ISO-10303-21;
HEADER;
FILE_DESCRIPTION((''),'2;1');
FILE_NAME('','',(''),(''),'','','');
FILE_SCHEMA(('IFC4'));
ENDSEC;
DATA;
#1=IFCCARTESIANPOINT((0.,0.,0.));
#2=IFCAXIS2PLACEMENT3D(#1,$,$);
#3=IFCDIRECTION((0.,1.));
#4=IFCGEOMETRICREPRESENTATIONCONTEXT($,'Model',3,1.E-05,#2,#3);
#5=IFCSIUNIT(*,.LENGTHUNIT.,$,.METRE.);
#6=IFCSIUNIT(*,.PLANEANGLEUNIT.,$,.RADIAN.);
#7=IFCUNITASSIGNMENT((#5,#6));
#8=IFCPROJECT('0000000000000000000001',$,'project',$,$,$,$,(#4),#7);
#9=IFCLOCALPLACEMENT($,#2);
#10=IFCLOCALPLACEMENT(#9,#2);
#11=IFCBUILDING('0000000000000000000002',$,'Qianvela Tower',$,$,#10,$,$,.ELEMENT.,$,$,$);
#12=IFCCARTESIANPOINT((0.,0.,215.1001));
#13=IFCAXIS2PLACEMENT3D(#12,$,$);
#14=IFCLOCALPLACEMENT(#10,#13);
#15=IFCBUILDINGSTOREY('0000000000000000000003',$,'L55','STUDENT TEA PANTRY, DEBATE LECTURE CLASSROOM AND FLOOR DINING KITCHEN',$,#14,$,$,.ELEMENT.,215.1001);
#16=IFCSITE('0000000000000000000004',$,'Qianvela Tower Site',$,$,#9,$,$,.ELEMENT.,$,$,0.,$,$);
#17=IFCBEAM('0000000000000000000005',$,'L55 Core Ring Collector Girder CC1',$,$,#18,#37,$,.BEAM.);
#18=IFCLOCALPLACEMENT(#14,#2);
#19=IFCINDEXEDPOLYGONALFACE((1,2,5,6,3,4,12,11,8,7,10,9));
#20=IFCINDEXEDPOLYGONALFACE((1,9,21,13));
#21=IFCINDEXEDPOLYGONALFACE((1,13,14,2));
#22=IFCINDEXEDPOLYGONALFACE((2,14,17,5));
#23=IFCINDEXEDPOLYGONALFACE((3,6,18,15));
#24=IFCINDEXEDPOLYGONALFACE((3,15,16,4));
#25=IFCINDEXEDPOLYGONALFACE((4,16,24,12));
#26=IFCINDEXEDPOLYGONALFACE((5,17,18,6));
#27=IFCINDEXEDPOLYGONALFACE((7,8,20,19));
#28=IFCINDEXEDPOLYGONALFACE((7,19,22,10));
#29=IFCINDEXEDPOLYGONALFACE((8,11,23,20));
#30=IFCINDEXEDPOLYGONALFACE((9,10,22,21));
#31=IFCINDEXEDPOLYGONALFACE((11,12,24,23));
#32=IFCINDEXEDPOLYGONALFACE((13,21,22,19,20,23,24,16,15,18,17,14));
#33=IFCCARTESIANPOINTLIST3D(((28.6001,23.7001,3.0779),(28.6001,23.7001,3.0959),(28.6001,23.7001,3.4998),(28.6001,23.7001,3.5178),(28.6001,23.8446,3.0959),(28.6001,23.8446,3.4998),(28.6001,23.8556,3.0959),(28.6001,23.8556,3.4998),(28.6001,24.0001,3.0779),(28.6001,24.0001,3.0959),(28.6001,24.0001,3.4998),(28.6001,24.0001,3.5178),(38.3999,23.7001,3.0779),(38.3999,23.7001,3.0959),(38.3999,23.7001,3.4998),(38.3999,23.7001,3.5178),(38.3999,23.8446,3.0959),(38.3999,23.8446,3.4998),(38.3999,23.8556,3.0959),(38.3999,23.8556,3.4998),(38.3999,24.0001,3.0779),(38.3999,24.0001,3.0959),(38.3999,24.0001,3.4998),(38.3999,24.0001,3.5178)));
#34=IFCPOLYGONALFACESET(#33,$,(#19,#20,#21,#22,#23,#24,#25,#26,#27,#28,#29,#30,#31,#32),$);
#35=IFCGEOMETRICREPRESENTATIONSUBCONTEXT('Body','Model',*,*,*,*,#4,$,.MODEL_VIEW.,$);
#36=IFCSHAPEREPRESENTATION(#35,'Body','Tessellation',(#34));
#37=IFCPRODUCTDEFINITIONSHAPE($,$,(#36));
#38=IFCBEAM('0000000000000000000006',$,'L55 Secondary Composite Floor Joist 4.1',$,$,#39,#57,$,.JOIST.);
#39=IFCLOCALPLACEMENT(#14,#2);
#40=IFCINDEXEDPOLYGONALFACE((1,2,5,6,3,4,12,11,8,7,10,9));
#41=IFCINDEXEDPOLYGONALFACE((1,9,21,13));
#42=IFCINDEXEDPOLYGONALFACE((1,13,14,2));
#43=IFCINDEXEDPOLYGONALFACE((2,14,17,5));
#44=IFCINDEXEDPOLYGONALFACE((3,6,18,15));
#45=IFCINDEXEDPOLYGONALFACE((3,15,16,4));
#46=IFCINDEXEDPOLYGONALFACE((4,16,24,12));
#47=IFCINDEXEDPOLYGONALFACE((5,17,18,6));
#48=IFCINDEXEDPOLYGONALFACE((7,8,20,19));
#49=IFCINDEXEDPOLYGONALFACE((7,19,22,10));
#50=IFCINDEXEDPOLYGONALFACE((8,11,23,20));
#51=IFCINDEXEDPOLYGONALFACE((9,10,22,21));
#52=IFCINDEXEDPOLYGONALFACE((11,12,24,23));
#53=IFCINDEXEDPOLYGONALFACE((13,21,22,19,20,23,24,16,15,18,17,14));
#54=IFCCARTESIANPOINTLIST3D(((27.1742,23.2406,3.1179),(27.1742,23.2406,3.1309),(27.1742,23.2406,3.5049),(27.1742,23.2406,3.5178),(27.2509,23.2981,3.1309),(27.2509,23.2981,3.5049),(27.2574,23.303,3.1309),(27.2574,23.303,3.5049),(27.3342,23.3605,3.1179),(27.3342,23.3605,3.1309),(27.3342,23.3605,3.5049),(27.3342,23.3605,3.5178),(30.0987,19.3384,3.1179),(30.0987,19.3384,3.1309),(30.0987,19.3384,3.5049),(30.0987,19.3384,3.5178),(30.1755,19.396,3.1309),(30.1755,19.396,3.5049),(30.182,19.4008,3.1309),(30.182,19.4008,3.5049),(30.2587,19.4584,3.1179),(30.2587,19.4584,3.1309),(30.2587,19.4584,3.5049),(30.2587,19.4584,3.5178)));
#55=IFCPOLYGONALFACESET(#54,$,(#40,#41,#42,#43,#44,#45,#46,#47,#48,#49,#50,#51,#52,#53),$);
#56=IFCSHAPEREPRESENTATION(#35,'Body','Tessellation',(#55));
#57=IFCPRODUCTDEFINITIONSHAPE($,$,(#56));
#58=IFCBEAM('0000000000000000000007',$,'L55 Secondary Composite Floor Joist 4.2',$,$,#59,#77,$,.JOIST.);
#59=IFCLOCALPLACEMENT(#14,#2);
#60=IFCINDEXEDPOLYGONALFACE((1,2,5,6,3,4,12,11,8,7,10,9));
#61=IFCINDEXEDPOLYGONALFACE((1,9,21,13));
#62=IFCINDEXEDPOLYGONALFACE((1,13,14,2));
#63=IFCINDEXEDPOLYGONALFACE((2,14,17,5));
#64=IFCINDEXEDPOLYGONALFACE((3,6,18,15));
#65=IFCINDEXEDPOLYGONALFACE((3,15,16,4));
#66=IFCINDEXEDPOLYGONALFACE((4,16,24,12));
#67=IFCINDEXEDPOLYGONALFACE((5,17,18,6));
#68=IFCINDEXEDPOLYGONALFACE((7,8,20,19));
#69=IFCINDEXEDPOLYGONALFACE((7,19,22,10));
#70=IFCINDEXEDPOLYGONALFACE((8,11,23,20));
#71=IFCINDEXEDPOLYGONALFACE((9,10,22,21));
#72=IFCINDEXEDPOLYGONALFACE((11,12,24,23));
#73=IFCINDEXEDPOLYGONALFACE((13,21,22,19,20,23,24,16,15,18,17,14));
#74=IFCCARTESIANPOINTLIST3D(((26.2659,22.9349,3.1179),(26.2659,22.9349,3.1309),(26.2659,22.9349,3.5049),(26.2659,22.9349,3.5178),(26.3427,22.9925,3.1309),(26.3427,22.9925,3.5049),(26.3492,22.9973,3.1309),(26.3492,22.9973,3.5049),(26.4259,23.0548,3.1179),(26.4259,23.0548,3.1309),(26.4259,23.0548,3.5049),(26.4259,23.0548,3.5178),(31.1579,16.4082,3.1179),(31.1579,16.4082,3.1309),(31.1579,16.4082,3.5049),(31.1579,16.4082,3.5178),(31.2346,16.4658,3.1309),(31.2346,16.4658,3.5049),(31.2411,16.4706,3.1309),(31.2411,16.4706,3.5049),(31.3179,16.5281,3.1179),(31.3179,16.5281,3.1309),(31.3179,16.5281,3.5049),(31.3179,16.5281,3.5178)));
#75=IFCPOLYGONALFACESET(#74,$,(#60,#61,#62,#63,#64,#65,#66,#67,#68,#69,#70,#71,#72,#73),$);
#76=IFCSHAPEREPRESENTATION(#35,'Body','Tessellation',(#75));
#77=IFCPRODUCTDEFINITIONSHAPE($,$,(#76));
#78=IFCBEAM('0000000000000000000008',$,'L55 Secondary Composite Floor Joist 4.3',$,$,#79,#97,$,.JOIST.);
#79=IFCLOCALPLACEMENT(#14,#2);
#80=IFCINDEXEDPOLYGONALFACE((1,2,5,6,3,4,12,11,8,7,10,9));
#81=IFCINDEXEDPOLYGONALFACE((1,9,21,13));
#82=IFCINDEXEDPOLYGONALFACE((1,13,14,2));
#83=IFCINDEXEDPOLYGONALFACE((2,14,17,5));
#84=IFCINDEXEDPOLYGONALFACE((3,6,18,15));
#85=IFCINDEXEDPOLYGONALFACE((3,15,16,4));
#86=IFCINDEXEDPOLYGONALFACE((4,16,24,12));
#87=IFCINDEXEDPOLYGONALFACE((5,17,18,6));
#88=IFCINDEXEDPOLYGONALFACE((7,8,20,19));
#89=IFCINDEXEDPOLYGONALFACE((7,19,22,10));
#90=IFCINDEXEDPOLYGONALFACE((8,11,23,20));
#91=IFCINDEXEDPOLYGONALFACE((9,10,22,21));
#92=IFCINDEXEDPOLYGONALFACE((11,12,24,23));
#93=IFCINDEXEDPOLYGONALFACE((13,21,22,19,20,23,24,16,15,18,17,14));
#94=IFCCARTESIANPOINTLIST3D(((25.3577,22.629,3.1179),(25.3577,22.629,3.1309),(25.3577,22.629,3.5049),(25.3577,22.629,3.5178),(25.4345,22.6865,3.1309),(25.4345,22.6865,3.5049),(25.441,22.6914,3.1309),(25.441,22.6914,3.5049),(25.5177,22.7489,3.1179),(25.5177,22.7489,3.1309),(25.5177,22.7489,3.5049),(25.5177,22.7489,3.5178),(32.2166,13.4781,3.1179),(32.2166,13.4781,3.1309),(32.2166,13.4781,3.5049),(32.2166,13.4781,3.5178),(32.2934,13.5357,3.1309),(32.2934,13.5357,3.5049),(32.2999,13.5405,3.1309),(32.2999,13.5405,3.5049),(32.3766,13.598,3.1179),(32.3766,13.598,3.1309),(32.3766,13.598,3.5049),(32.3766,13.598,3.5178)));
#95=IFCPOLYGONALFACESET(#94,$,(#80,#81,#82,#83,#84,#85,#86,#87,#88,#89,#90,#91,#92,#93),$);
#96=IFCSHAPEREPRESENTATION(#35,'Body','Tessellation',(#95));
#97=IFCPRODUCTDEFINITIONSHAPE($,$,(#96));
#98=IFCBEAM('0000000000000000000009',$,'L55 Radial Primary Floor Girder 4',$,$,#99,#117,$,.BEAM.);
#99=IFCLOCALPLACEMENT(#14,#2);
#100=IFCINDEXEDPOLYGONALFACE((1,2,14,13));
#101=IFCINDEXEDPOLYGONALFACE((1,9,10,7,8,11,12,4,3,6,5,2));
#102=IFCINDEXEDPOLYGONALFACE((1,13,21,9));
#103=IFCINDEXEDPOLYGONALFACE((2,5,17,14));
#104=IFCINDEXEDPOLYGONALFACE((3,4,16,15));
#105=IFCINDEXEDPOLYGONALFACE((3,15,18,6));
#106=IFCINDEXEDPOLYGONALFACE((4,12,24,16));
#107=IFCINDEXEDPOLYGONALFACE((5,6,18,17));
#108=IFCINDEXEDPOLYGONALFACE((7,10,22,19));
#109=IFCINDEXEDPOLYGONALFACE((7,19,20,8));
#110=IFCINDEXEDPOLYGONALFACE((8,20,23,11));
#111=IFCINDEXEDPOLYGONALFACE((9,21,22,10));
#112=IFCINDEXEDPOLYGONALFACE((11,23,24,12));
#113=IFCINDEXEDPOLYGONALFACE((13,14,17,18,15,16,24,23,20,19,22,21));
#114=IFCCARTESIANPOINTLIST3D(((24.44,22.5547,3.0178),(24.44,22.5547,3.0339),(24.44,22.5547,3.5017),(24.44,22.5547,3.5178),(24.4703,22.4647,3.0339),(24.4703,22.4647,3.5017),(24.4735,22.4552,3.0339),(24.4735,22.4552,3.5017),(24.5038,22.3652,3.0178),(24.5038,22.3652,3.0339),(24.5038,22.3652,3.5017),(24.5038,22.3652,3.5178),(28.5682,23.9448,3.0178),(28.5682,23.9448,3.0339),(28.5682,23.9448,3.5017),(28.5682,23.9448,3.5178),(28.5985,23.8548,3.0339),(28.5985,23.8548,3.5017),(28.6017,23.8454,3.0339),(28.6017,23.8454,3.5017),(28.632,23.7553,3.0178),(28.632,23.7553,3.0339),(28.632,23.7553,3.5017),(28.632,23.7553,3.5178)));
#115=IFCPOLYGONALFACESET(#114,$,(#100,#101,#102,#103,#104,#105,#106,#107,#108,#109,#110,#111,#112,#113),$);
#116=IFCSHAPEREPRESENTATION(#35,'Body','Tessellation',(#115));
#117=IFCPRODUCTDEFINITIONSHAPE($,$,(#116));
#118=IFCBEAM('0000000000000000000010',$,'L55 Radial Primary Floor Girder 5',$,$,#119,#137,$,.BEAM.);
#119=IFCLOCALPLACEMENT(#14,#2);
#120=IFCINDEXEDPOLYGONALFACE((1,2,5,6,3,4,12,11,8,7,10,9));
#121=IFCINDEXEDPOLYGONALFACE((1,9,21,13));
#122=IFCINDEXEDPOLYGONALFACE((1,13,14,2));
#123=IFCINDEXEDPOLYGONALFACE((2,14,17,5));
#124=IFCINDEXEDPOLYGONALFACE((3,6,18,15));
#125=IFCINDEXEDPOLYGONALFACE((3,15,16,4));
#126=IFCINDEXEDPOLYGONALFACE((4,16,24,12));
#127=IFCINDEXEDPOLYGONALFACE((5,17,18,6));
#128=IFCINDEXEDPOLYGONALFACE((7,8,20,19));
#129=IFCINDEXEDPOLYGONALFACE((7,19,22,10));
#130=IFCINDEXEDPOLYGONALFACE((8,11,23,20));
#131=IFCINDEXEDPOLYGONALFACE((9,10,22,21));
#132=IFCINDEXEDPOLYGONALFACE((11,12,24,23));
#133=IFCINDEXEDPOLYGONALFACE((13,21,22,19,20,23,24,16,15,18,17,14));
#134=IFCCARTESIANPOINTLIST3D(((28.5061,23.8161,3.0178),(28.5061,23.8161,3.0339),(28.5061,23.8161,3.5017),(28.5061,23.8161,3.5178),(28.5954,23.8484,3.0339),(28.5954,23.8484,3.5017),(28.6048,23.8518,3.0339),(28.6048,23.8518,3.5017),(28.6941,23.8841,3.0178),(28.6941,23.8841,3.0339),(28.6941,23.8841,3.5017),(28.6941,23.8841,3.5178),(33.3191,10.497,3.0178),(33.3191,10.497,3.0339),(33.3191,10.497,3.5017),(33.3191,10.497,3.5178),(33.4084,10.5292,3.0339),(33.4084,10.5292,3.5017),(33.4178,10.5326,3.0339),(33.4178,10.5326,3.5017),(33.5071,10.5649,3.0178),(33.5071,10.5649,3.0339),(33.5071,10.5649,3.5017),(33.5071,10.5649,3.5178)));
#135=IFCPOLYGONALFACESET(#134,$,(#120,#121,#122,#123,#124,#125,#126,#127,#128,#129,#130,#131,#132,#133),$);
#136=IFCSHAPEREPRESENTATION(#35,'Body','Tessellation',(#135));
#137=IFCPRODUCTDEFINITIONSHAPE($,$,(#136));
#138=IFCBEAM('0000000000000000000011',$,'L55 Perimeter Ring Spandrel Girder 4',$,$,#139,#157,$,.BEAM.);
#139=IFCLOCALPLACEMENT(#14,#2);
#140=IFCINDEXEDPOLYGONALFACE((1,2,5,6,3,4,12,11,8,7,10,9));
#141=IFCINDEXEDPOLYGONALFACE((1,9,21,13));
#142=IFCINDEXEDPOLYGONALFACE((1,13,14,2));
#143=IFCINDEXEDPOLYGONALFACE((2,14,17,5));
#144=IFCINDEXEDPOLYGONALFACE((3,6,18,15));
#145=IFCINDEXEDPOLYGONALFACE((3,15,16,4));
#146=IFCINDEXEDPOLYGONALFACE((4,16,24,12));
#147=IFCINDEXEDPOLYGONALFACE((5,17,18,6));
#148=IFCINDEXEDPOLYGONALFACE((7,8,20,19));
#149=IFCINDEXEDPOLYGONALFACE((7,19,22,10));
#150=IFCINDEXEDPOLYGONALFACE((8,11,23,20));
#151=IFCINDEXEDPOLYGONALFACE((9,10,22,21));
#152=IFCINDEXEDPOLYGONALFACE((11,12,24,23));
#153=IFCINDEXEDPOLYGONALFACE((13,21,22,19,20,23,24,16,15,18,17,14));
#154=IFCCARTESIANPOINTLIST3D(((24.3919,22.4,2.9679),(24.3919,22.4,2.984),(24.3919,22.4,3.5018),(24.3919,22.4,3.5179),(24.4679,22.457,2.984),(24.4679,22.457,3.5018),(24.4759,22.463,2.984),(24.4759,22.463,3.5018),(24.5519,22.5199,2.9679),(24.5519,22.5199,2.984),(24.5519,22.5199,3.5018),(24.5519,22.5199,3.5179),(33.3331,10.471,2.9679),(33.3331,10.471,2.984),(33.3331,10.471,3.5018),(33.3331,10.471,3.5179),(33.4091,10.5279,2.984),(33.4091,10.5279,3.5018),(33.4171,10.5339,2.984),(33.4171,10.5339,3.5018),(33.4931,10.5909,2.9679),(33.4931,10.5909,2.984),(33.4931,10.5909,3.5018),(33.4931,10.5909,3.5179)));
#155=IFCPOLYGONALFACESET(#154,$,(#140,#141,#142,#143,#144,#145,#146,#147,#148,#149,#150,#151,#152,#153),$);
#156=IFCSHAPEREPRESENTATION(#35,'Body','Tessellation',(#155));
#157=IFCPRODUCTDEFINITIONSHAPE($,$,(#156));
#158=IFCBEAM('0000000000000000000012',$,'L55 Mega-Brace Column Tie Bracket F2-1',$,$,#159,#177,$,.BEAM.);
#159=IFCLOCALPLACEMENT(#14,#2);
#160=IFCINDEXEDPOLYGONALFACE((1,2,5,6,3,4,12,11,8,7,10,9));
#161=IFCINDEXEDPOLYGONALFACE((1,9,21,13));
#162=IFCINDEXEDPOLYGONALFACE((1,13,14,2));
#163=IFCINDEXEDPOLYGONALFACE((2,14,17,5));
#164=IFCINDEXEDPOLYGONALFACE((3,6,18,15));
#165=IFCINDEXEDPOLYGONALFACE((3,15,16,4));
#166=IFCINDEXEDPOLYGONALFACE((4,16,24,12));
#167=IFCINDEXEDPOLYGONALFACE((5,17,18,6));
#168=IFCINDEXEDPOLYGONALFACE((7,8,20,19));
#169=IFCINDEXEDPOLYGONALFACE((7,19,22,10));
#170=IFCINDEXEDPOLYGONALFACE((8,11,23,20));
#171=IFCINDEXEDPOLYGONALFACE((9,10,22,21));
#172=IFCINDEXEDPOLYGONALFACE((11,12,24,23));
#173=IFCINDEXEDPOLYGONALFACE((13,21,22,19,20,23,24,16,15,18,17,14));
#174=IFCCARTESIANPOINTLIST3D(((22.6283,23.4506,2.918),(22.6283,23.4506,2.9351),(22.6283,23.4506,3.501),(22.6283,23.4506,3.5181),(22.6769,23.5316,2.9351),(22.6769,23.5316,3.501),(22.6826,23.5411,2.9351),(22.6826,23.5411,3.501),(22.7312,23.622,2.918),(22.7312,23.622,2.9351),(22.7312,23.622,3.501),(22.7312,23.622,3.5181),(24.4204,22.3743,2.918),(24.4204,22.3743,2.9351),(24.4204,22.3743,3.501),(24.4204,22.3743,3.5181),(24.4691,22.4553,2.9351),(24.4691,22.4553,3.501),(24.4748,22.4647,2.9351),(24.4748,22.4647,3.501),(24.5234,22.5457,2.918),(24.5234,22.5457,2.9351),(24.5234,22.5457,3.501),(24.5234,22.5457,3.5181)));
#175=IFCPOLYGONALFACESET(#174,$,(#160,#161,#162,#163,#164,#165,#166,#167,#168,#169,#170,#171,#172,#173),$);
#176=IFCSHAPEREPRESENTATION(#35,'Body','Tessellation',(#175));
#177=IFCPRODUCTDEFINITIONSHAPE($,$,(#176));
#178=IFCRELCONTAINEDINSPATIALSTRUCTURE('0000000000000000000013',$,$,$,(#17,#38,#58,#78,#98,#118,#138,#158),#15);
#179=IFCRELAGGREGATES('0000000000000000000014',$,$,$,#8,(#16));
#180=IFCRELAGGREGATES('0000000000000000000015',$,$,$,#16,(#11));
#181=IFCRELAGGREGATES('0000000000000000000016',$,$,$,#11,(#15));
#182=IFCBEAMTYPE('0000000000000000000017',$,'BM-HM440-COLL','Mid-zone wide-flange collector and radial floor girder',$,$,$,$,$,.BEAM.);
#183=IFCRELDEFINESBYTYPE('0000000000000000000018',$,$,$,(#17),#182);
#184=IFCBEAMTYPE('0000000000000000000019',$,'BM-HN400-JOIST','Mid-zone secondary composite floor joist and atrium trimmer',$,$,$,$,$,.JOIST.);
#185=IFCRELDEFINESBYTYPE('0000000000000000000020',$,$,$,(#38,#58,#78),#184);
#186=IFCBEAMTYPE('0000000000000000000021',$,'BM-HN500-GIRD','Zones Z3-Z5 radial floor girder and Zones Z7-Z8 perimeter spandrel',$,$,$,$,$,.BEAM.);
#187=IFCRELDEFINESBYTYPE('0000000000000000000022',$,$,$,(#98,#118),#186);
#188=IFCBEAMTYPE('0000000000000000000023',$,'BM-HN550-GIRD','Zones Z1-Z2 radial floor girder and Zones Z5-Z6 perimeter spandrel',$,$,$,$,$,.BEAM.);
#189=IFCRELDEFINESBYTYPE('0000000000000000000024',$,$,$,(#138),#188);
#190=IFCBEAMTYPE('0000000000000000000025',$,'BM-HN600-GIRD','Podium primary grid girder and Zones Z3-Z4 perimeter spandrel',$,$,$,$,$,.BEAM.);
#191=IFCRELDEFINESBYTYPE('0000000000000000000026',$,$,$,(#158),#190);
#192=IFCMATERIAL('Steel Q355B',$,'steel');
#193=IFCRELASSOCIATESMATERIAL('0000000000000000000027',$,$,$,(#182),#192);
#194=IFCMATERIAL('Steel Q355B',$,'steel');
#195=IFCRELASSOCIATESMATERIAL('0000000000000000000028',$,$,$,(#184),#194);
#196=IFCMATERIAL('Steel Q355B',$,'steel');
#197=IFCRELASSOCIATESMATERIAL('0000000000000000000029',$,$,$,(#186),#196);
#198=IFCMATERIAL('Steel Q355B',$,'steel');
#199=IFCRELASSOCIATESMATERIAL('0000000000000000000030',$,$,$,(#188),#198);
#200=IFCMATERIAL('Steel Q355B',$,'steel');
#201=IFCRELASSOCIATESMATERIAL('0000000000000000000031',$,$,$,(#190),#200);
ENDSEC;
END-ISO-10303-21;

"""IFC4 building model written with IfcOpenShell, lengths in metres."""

from ifc_helpers import new_model, si_unit, direction, frame, origin, origin_2d, place, context, subcontext, project, spatial, i_section, extrude, material, material_profile, profile_set, type_object, element, save


model = new_model("IFC4")

# Units and contexts
model_context = context("Model", 3, precision=1e-05, world=origin(), true_north=direction((0.0, 1.0)))
body_context = subcontext(model_context, "Body", "Model", "MODEL_VIEW")
ifc_project = project(units=[si_unit("LENGTHUNIT", "METRE"), si_unit("PLANEANGLEUNIT", "RADIAN")], contexts=[model_context])

# Site, building, storey
site_placement = place(None, origin())
site = spatial("IfcSite", under=ifc_project, at=site_placement, Name="Qianvela Tower Site", CompositionType="ELEMENT", RefElevation=0.0)
building_placement = place(site_placement, origin())
building = spatial("IfcBuilding", under=site, at=building_placement, Name="Qianvela Tower", CompositionType="ELEMENT")
storey_placement = place(building_placement, frame((0.0, 0.0, 215.1001)))
storey = spatial("IfcBuildingStorey", under=building, at=storey_placement, Name="L55", Description="STUDENT TEA PANTRY, DEBATE LECTURE CLASSROOM AND FLOOR DINING KITCHEN", CompositionType="ELEMENT", Elevation=215.1001)

# Beams
ifc_material_1 = material(Name="Steel Q355B", Category="steel")
ifc_material_profile_1 = material_profile(ifc_material_1, i_section(OverallWidth=0.3, OverallDepth=0.4399, WebThickness=0.011, FlangeThickness=0.0181, at=origin_2d()), Name="HM440x300x11x18")
ifc_profile_set_1 = profile_set([ifc_material_profile_1], Name="Steel Q355B")
beam_type_1 = type_object("IfcBeamType", Name="BM-HM440-COLL", Description="Mid-zone wide-flange collector and radial floor girder", PredefinedType="BEAM", material=ifc_profile_set_1)
beam_1_placement = place(storey_placement, frame((28.6001, 23.8501, 3.2979), z_axis=(1.0, 0.0, 0.0), x_axis=(0.0, 1.0, 0.0)))
element("IfcBeam", 1, at=beam_1_placement, inside=storey, type_object=beam_type_1, Name="L55 Core Ring Collector Girder CC1", PredefinedType="BEAM", context=body_context, shape_type="SweptSolid", body=[
    extrude(i_section(OverallWidth=0.3, OverallDepth=0.4399, WebThickness=0.011, FlangeThickness=0.0181, at=origin_2d()), origin(), (0.0, 0.0, 1.0), 9.7998),
])
ifc_material_2 = material(Name="Steel Q355B", Category="steel")
ifc_material_profile_2 = material_profile(ifc_material_2, i_section(OverallWidth=0.2, OverallDepth=0.3999, WebThickness=0.0081, FlangeThickness=0.0129, at=origin_2d()), Name="HN400x200x8x13")
ifc_profile_set_2 = profile_set([ifc_material_profile_2], Name="Steel Q355B")
beam_type_2 = type_object("IfcBeamType", Name="BM-HN400-JOIST", Description="Mid-zone secondary composite floor joist and atrium trimmer", PredefinedType="JOIST", material=ifc_profile_set_2)
beam_2_placement = place(storey_placement, frame((27.2542, 23.3005, 3.3179), z_axis=(0.599736, -0.800198, 0.0), x_axis=(0.800198, 0.599736, 0.0)))
element("IfcBeam", 2, at=beam_2_placement, inside=storey, type_object=beam_type_2, Name="L55 Secondary Composite Floor Joist 4.1", PredefinedType="JOIST", context=body_context, shape_type="SweptSolid", body=[
    extrude(i_section(OverallWidth=0.2, OverallDepth=0.3999, WebThickness=0.0081, FlangeThickness=0.0129, at=origin_2d()), origin(), (0.0, 0.0, 1.0), 4.8765),
])
beam_3_placement = place(storey_placement, frame((26.3459, 22.9949, 3.3179), z_axis=(0.599756, -0.800183, 0.0), x_axis=(0.800183, 0.599756, 0.0)))
element("IfcBeam", 3, at=beam_3_placement, inside=storey, type_object=beam_type_2, Name="L55 Secondary Composite Floor Joist 4.2", PredefinedType="JOIST", context=body_context, shape_type="SweptSolid", body=[
    extrude(i_section(OverallWidth=0.2, OverallDepth=0.3999, WebThickness=0.0081, FlangeThickness=0.0129, at=origin_2d()), origin(), (0.0, 0.0, 1.0), 8.1565),
])
beam_4_placement = place(storey_placement, frame((25.4377, 22.689, 3.3179), z_axis=(0.599761, -0.800179, 0.0), x_axis=(0.800179, 0.599761, 0.0)))
element("IfcBeam", 4, at=beam_4_placement, inside=storey, type_object=beam_type_2, Name="L55 Secondary Composite Floor Joist 4.3", PredefinedType="JOIST", context=body_context, shape_type="SweptSolid", body=[
    extrude(i_section(OverallWidth=0.2, OverallDepth=0.3999, WebThickness=0.0081, FlangeThickness=0.0129, at=origin_2d()), origin(), (0.0, 0.0, 1.0), 11.436),
])
ifc_material_3 = material(Name="Steel Q355B", Category="steel")
ifc_material_profile_3 = material_profile(ifc_material_3, i_section(OverallWidth=0.2, OverallDepth=0.5, WebThickness=0.01, FlangeThickness=0.0161, at=origin_2d()), Name="HN500x200x10x16")
ifc_profile_set_3 = profile_set([ifc_material_profile_3], Name="Steel Q355B")
beam_type_3 = type_object("IfcBeamType", Name="BM-HN500-GIRD", Description="Zones Z3-Z5 radial floor girder and Zones Z7-Z8 perimeter spandrel", PredefinedType="BEAM", material=ifc_profile_set_3)
beam_5_placement = place(storey_placement, frame((28.6001, 23.8501, 3.2678), z_axis=(-0.947709, -0.319135, 0.0), x_axis=(0.319135, -0.947709, 0.0)))
element("IfcBeam", 5, at=beam_5_placement, inside=storey, type_object=beam_type_3, Name="L55 Radial Primary Floor Girder 4", PredefinedType="BEAM", context=body_context, shape_type="SweptSolid", body=[
    extrude(i_section(OverallWidth=0.2, OverallDepth=0.5, WebThickness=0.01, FlangeThickness=0.0161, at=origin_2d()), origin(), (0.0, 0.0, 1.0), 4.356),
])
beam_6_placement = place(storey_placement, frame((28.6001, 23.8501, 3.2678), z_axis=(0.339852, -0.940479, 0.0), x_axis=(0.940479, 0.339852, 0.0)))
element("IfcBeam", 6, at=beam_6_placement, inside=storey, type_object=beam_type_3, Name="L55 Radial Primary Floor Girder 5", PredefinedType="BEAM", context=body_context, shape_type="SweptSolid", body=[
    extrude(i_section(OverallWidth=0.2, OverallDepth=0.5, WebThickness=0.01, FlangeThickness=0.0161, at=origin_2d()), origin(), (0.0, 0.0, 1.0), 14.1621),
])
ifc_material_4 = material(Name="Steel Q355B", Category="steel")
ifc_material_profile_4 = material_profile(ifc_material_4, i_section(OverallWidth=0.2, OverallDepth=0.55, WebThickness=0.01, FlangeThickness=0.0161, at=origin_2d()), Name="HN550x200x10x16")
ifc_profile_set_4 = profile_set([ifc_material_profile_4], Name="Steel Q355B")
beam_type_4 = type_object("IfcBeamType", Name="BM-HN550-GIRD", Description="Zones Z1-Z2 radial floor girder and Zones Z5-Z6 perimeter spandrel", PredefinedType="BEAM", material=ifc_profile_set_4)
beam_7_placement = place(storey_placement, frame((24.4719, 22.46, 3.2429), z_axis=(0.599762, -0.800179, 0.0), x_axis=(0.800179, 0.599762, 0.0)))
element("IfcBeam", 7, at=beam_7_placement, inside=storey, type_object=beam_type_4, Name="L55 Perimeter Ring Spandrel Girder 4", PredefinedType="BEAM", context=body_context, shape_type="SweptSolid", body=[
    extrude(i_section(OverallWidth=0.2, OverallDepth=0.55, WebThickness=0.01, FlangeThickness=0.0161, at=origin_2d()), origin(), (0.0, 0.0, 1.0), 14.908),
])
ifc_material_5 = material(Name="Steel Q355B", Category="steel")
ifc_material_profile_5 = material_profile(ifc_material_5, i_section(OverallWidth=0.2, OverallDepth=0.6001, WebThickness=0.011, FlangeThickness=0.0171, at=origin_2d()), Name="HN600x200x11x17")
ifc_profile_set_5 = profile_set([ifc_material_profile_5], Name="Steel Q355B")
beam_type_5 = type_object("IfcBeamType", Name="BM-HN600-GIRD", Description="Podium primary grid girder and Zones Z3-Z4 perimeter spandrel", PredefinedType="BEAM", material=ifc_profile_set_5)
for number, where, z_axis, x_axis, name in (
    (8, (24.4719, 22.46, 3.218), (-0.857266, 0.514874, 0.0), (-0.514874, -0.857266, 0.0), "L55 Mega-Brace Column Tie Bracket F2-1"),
):
    element("IfcBeam", number, at=place(storey_placement, frame(where, z_axis=z_axis, x_axis=x_axis)), inside=storey, type_object=beam_type_5, Name=name, PredefinedType="BEAM", context=body_context, shape_type="SweptSolid", body=[
        extrude(i_section(OverallWidth=0.2, OverallDepth=0.6001, WebThickness=0.011, FlangeThickness=0.0171, at=origin_2d()), origin(), (0.0, 0.0, 1.0), 2.0906),
    ])

save(model, "model.ifc")
